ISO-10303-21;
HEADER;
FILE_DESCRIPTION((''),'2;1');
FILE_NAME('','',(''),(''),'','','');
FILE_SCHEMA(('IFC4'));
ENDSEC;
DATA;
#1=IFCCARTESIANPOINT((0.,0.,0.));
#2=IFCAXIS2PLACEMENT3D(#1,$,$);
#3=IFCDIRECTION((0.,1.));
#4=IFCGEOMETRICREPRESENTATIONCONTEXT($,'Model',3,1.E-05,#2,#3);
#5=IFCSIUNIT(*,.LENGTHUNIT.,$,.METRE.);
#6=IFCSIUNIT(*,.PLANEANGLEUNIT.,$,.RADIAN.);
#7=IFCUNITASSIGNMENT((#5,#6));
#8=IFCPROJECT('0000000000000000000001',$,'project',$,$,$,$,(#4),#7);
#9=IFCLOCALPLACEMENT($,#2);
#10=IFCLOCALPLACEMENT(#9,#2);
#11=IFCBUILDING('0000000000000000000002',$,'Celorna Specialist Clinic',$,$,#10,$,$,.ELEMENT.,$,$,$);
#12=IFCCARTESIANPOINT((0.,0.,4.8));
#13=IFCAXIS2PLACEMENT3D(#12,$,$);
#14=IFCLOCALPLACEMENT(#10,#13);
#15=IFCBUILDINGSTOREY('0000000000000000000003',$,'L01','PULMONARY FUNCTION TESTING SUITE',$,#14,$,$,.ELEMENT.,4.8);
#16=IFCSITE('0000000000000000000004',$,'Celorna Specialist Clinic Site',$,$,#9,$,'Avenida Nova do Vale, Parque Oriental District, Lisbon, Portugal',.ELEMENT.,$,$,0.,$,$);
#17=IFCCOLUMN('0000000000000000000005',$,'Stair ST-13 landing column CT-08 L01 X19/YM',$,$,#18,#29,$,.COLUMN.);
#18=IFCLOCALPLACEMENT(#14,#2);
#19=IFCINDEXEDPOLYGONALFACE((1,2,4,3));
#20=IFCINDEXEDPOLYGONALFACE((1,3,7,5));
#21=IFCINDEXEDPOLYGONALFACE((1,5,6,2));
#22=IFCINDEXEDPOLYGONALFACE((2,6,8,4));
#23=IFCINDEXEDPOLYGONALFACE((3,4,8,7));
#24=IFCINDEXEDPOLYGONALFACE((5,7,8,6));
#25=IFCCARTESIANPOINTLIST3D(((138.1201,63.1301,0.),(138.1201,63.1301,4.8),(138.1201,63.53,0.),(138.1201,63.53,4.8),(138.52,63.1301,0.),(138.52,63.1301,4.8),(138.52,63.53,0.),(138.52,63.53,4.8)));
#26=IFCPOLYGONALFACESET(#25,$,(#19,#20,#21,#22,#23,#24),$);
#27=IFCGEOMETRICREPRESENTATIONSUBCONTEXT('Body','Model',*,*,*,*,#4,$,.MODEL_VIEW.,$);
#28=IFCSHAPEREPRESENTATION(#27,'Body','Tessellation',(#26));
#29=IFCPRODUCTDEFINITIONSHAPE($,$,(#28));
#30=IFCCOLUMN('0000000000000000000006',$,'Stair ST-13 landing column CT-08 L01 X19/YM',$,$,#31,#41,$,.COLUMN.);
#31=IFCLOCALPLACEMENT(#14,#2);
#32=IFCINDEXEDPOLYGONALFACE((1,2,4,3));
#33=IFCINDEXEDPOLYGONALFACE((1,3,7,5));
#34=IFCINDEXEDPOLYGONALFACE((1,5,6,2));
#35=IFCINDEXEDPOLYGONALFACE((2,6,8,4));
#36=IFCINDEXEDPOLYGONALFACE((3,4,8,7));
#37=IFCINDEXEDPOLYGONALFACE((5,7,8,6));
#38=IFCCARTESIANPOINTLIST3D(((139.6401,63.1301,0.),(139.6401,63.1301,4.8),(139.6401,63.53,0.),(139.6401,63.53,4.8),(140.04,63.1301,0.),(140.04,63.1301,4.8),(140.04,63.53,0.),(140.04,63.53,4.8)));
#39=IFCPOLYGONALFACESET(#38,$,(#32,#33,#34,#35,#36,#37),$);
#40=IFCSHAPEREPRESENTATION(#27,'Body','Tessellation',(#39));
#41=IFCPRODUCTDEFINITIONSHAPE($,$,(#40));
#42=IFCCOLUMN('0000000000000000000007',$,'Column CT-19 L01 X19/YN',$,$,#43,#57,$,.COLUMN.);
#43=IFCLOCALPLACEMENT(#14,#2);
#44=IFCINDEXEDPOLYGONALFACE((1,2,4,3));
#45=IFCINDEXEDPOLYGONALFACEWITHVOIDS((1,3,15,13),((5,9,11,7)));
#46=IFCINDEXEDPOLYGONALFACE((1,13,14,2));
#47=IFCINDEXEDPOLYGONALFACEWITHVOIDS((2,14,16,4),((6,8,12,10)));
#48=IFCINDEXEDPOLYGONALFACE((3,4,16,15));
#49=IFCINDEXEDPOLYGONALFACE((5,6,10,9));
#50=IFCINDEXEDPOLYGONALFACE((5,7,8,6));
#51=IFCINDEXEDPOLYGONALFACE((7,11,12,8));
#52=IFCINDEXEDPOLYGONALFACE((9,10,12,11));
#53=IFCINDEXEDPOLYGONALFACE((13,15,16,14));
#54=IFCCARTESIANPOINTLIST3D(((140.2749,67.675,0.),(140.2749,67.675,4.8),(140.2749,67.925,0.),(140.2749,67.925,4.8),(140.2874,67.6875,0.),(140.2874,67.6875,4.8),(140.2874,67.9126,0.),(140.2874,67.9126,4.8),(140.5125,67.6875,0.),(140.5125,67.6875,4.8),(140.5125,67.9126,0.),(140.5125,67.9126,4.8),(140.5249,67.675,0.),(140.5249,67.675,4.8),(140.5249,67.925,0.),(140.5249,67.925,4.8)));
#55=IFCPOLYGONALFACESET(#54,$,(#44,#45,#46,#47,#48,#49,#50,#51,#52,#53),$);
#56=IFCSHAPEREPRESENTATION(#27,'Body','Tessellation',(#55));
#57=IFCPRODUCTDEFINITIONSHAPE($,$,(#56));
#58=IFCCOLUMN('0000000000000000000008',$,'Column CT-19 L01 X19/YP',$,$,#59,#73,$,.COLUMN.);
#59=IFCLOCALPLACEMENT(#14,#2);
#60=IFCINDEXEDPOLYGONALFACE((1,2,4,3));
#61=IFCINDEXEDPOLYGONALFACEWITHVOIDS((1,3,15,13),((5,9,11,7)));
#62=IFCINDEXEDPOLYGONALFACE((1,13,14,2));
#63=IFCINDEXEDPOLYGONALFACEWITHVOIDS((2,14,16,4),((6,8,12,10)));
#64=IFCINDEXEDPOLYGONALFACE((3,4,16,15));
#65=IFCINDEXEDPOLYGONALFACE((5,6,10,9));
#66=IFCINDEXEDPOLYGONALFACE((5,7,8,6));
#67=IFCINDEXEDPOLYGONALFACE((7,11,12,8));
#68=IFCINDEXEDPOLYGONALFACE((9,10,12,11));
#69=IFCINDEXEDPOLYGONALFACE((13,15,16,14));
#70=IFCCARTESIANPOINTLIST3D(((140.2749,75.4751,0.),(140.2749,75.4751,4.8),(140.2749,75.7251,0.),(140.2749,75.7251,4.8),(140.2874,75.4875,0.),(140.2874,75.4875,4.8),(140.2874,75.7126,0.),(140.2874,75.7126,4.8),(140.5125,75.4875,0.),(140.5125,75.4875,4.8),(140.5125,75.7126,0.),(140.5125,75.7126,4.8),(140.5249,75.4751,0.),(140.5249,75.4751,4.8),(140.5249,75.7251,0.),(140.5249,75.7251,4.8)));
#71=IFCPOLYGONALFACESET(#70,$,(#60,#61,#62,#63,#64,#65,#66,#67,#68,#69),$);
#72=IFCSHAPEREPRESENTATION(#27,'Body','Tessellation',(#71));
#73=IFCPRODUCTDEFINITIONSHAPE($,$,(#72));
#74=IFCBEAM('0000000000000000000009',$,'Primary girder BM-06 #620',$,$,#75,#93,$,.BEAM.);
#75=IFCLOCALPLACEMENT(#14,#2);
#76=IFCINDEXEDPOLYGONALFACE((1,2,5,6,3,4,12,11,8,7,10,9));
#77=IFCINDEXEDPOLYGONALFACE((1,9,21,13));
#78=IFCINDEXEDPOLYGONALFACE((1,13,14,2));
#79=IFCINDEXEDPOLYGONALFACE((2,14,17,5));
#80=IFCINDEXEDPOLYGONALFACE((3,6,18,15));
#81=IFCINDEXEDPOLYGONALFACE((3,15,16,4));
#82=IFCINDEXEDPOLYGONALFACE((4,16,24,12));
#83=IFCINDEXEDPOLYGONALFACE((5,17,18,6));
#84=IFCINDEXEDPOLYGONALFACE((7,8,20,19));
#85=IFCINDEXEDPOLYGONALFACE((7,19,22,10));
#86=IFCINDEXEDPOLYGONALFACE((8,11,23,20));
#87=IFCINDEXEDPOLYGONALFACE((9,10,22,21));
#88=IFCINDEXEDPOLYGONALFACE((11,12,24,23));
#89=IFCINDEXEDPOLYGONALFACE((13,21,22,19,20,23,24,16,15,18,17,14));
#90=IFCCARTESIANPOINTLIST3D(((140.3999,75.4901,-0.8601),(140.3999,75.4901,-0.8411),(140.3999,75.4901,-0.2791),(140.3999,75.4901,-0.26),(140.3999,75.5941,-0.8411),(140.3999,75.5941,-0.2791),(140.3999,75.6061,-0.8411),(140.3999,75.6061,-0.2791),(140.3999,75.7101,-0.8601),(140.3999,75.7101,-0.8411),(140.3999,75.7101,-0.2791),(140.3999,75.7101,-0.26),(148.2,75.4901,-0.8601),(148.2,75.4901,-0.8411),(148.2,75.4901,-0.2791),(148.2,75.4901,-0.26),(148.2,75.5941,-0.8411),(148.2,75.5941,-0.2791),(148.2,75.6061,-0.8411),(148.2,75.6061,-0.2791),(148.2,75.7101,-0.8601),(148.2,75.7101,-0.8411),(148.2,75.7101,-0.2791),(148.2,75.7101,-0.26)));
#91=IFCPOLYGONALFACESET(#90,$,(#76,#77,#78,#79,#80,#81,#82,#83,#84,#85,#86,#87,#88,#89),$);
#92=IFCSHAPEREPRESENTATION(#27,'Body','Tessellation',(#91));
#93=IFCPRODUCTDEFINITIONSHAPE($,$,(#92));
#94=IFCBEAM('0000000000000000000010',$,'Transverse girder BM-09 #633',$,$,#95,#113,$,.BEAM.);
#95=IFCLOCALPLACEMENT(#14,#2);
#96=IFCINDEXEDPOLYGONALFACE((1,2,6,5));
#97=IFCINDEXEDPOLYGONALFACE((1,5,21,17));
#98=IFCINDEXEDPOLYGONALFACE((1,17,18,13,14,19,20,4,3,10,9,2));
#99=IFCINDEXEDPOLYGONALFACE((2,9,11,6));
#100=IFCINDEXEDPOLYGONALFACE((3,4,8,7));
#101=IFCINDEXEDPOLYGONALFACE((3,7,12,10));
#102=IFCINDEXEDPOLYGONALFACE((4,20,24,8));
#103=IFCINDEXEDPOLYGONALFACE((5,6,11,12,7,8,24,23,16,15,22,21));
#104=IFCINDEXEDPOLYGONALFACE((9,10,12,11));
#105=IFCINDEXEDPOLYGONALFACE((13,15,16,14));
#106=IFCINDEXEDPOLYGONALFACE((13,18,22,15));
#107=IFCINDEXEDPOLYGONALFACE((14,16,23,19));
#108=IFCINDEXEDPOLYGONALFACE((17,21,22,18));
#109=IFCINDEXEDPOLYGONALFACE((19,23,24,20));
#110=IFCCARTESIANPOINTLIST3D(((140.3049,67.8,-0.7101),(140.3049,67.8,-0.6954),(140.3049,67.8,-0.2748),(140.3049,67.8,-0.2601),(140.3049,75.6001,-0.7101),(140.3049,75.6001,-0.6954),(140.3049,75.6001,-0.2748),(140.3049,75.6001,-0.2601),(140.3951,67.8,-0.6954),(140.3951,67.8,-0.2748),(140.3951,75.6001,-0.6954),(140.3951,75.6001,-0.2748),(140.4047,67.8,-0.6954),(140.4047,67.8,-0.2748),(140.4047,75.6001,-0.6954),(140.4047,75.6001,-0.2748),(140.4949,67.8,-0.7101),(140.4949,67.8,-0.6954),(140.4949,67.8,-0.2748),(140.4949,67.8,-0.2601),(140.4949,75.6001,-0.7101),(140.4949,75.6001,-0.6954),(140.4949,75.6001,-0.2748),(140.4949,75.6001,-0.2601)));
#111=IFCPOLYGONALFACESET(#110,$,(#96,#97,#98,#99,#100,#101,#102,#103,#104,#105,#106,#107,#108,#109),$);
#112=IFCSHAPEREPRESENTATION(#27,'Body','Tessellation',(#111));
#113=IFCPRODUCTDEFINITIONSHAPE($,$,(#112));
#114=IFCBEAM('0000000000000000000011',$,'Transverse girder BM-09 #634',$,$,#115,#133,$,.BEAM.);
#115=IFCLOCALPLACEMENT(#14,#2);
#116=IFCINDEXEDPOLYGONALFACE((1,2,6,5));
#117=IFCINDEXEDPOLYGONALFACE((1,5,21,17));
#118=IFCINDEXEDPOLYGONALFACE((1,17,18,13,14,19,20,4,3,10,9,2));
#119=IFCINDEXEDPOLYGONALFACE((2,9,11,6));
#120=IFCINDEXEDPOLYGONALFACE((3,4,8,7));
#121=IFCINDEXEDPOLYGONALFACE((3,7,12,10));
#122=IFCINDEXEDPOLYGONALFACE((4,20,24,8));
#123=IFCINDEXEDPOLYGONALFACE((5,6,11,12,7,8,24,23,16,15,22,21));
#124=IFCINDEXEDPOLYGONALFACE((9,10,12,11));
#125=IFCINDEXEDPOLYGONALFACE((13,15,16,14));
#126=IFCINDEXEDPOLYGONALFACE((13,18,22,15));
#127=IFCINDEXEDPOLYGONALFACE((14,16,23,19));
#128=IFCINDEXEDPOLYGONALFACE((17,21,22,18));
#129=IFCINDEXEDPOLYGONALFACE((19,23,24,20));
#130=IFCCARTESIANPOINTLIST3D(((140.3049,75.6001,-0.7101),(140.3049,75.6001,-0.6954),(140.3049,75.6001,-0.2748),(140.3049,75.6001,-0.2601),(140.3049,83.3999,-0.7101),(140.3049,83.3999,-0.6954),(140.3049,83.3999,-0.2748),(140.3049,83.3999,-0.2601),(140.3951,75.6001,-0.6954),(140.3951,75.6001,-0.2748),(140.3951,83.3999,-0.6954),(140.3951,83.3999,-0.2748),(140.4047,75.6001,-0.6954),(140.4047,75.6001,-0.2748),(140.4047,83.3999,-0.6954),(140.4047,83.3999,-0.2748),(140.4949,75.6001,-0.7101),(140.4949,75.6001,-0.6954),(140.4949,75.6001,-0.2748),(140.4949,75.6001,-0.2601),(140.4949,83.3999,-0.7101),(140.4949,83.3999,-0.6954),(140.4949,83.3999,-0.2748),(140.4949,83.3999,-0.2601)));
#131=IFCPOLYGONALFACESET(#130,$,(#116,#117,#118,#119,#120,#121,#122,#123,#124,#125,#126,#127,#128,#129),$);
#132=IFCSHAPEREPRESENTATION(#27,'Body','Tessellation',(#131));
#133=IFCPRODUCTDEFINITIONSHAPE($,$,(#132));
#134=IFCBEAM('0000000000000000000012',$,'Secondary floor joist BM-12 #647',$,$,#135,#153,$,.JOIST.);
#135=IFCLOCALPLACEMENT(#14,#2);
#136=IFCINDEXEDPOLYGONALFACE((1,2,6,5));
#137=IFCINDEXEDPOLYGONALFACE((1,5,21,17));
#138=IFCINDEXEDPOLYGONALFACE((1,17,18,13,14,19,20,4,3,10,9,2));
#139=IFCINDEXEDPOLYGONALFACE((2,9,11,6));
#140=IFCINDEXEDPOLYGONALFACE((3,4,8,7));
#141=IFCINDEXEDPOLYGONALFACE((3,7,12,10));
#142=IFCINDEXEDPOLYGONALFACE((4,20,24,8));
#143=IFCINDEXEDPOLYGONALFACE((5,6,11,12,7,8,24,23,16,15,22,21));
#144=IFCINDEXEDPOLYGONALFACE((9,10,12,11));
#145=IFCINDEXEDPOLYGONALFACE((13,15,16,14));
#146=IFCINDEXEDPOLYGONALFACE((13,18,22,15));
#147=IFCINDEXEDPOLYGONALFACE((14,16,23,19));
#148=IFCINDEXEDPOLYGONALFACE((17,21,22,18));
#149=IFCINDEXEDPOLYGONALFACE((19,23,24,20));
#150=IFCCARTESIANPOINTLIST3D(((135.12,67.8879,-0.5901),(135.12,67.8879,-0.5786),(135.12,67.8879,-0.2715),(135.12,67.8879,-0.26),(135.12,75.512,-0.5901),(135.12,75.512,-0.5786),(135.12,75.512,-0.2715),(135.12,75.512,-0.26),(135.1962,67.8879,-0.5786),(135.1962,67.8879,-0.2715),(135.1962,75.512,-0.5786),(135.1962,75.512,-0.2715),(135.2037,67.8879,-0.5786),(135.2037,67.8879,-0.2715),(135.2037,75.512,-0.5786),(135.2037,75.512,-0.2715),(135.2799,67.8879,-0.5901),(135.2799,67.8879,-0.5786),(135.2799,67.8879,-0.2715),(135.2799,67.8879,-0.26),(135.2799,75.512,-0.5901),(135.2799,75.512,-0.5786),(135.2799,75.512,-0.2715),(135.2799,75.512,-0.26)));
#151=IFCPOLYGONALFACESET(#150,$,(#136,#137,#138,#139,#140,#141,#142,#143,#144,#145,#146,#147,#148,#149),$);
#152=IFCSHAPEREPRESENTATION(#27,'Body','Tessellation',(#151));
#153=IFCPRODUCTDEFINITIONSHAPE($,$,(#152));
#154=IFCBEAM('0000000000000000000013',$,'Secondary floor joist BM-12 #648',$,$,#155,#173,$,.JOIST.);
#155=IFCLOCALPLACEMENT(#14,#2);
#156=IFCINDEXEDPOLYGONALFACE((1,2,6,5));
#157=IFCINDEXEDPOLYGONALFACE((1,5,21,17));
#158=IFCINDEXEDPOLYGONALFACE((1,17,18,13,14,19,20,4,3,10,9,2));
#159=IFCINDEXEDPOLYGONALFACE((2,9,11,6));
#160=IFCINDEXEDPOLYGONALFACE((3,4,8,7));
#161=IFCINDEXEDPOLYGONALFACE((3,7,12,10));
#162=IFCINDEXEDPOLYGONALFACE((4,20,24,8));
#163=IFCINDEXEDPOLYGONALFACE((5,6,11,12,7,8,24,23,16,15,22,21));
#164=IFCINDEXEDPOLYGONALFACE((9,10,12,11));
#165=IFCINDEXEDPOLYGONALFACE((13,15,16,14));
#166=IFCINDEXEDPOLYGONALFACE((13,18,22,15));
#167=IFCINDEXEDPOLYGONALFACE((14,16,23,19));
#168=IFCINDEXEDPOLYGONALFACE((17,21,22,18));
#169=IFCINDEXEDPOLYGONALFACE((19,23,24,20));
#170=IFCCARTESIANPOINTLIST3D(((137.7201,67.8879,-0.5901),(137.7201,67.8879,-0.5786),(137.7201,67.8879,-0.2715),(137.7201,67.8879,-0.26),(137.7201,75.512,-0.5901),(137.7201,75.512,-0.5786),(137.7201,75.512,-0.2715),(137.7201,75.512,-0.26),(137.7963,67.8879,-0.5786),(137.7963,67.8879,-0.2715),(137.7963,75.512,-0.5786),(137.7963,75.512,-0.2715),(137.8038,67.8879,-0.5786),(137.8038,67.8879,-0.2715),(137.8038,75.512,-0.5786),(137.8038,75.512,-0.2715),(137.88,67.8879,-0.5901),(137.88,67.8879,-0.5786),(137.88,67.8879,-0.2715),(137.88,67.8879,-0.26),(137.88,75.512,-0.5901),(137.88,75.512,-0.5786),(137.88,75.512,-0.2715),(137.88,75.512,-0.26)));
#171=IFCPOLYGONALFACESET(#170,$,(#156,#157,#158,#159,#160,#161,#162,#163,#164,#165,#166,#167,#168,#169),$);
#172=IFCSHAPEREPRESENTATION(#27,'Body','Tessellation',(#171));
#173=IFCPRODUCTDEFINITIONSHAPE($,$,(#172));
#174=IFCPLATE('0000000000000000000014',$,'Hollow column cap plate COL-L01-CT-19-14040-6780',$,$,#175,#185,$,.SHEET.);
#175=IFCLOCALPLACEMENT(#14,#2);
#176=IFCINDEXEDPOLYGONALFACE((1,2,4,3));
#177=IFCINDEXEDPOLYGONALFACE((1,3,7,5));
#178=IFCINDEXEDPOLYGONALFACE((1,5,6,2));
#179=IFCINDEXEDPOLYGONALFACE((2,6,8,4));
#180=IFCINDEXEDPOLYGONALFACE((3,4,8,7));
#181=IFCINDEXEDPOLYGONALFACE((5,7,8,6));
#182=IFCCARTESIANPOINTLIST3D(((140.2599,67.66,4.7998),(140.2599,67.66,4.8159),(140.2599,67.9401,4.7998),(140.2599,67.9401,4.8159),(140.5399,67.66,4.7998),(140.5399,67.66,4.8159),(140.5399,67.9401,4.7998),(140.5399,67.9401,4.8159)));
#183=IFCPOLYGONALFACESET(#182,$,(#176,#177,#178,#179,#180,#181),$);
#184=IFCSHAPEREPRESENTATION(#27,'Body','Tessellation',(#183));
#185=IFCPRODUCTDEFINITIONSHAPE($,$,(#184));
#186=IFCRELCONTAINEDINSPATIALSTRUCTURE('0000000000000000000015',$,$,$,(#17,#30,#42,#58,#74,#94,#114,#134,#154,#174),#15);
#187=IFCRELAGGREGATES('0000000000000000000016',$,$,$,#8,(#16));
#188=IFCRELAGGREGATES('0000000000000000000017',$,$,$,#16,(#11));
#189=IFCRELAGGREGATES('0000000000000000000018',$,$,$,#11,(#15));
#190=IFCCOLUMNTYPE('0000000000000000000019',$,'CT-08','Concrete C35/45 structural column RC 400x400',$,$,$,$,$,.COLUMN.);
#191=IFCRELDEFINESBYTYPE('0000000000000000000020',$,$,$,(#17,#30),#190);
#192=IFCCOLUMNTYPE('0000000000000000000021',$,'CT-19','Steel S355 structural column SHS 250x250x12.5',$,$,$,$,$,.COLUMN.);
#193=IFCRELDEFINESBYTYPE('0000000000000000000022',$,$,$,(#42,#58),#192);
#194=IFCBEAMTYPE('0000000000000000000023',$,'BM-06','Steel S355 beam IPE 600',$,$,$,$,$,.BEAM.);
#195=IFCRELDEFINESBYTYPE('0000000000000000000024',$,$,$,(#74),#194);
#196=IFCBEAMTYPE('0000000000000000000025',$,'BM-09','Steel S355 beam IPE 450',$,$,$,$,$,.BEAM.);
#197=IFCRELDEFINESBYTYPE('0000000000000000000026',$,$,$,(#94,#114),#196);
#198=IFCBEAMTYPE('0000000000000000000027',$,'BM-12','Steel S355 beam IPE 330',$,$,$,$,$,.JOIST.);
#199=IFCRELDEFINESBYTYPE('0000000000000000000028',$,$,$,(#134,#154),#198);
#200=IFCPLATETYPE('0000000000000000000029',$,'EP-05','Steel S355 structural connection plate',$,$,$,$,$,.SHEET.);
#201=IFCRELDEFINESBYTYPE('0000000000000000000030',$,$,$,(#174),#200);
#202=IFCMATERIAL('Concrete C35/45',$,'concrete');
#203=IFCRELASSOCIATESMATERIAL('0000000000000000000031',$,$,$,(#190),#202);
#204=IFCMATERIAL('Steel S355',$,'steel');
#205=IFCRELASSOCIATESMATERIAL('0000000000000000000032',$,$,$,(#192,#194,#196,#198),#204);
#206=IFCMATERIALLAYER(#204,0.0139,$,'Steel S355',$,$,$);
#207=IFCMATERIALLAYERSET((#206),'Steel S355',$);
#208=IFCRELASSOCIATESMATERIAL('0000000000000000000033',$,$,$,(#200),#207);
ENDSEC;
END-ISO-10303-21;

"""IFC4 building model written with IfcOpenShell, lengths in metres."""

from ifc_helpers import new_model, si_unit, direction, frame, origin, origin_2d, place, context, subcontext, project, spatial, rectangle, hollow_rectangle, i_section, extrude, material, layer, layer_set, material_profile, profile_set, type_object, element, save


model = new_model("IFC4")

# Units and contexts
model_context = context("Model", 3, precision=1e-05, world=origin(), true_north=direction((0.0, 1.0)))
body_context = subcontext(model_context, "Body", "Model", "MODEL_VIEW")
ifc_project = project(units=[si_unit("LENGTHUNIT", "METRE"), si_unit("PLANEANGLEUNIT", "RADIAN")], contexts=[model_context])

# Site, building, storey
site_placement = place(None, origin())
site = spatial("IfcSite", under=ifc_project, at=site_placement, Name="Celorna Specialist Clinic Site", LongName="Avenida Nova do Vale, Parque Oriental District, Lisbon, Portugal", CompositionType="ELEMENT", RefElevation=0.0)
building_placement = place(site_placement, origin())
building = spatial("IfcBuilding", under=site, at=building_placement, Name="Celorna Specialist Clinic", CompositionType="ELEMENT")
storey_placement = place(building_placement, frame((0.0, 0.0, 4.8)))
storey = spatial("IfcBuildingStorey", under=building, at=storey_placement, Name="L01", Description="PULMONARY FUNCTION TESTING SUITE", CompositionType="ELEMENT", Elevation=4.8)

# Columns
ifc_material_1 = material(Name="Concrete C35/45", Category="concrete")
ifc_material_profile_1 = material_profile(ifc_material_1, rectangle(XDim=0.3999, YDim=0.3999, at=origin_2d()), Name="RC 400x400")
ifc_profile_set_1 = profile_set([ifc_material_profile_1], Name="Concrete C35/45")
column_type_1 = type_object("IfcColumnType", Name="CT-08", Description="Concrete C35/45 structural column RC 400x400", PredefinedType="COLUMN", material=ifc_profile_set_1)
for number, where, z_axis, x_axis, name in (
    (1, (138.3201, 63.3301, 0.0), (0.0, 0.0, 1.0), (1.0, 0.0, 0.0), "Stair ST-13 landing column CT-08 L01 X19/YM"),
    (2, (139.8401, 63.3301, 0.0), (0.0, 0.0, 1.0), (1.0, 0.0, 0.0), "Stair ST-13 landing column CT-08 L01 X19/YM"),
):
    element("IfcColumn", number, at=place(storey_placement, frame(where, z_axis=z_axis, x_axis=x_axis)), inside=storey, type_object=column_type_1, Name=name, PredefinedType="COLUMN", context=body_context, shape_type="SweptSolid", body=[
        extrude(rectangle(XDim=0.3999, YDim=0.3999, at=origin_2d()), origin(), (0.0, 0.0, 1.0), 4.8),
    ])
ifc_material_2 = material(Name="Steel S355", Category="steel")
ifc_material_profile_2 = material_profile(ifc_material_2, hollow_rectangle(XDim=0.25, YDim=0.25, WallThickness=0.0125, at=origin_2d()), Name="SHS 250x250x12.5")
ifc_profile_set_2 = profile_set([ifc_material_profile_2], Name="Steel S355")
column_type_2 = type_object("IfcColumnType", Name="CT-19", Description="Steel S355 structural column SHS 250x250x12.5", PredefinedType="COLUMN", material=ifc_profile_set_2)
for number, where, z_axis, x_axis, name in (
    (3, (140.3999, 67.8, 0.0), (0.0, 0.0, 1.0), (1.0, 0.0, 0.0), "Column CT-19 L01 X19/YN"),
    (4, (140.3999, 75.6001, 0.0), (0.0, 0.0, 1.0), (1.0, 0.0, 0.0), "Column CT-19 L01 X19/YP"),
):
    element("IfcColumn", number, at=place(storey_placement, frame(where, z_axis=z_axis, x_axis=x_axis)), inside=storey, type_object=column_type_2, Name=name, PredefinedType="COLUMN", context=body_context, shape_type="SweptSolid", body=[
        extrude(hollow_rectangle(XDim=0.25, YDim=0.25, WallThickness=0.0125, at=origin_2d()), origin(), (0.0, 0.0, 1.0), 4.8),
    ])

# Beams
ifc_material_profile_3 = material_profile(ifc_material_2, i_section(OverallWidth=0.22, OverallDepth=0.6001, WebThickness=0.012, FlangeThickness=0.019, at=origin_2d()), Name="IPE 600")
ifc_profile_set_3 = profile_set([ifc_material_profile_3], Name="Steel S355")
beam_type_1 = type_object("IfcBeamType", Name="BM-06", Description="Steel S355 beam IPE 600", PredefinedType="BEAM", material=ifc_profile_set_3)
beam_1_placement = place(storey_placement, frame((140.3999, 75.6001, -0.5601), z_axis=(1.0, 0.0, 0.0), x_axis=(0.0, 1.0, 0.0)))
element("IfcBeam", 5, at=beam_1_placement, inside=storey, type_object=beam_type_1, Name="Primary girder BM-06 #620", PredefinedType="BEAM", context=body_context, shape_type="SweptSolid", body=[
    extrude(i_section(OverallWidth=0.22, OverallDepth=0.6001, WebThickness=0.012, FlangeThickness=0.019, at=origin_2d()), origin(), (0.0, 0.0, 1.0), 7.8),
])
ifc_material_profile_4 = material_profile(ifc_material_2, i_section(OverallWidth=0.1899, OverallDepth=0.45, WebThickness=0.0095, FlangeThickness=0.0146, at=origin_2d()), Name="IPE 450")
ifc_profile_set_4 = profile_set([ifc_material_profile_4], Name="Steel S355")
beam_type_2 = type_object("IfcBeamType", Name="BM-09", Description="Steel S355 beam IPE 450", PredefinedType="BEAM", material=ifc_profile_set_4)
beam_2_placement = place(storey_placement, frame((140.3999, 67.8, -0.4851), z_axis=(0.0, 1.0, 0.0), x_axis=(-1.0, 0.0, 0.0)))
element("IfcBeam", 6, at=beam_2_placement, inside=storey, type_object=beam_type_2, Name="Transverse girder BM-09 #633", PredefinedType="BEAM", context=body_context, shape_type="SweptSolid", body=[
    extrude(i_section(OverallWidth=0.1899, OverallDepth=0.45, WebThickness=0.0095, FlangeThickness=0.0146, at=origin_2d()), origin(), (0.0, 0.0, 1.0), 7.8),
])
beam_3_placement = place(storey_placement, frame((140.3999, 75.6001, -0.4851), z_axis=(0.0, 1.0, 0.0), x_axis=(-1.0, 0.0, 0.0)))
element("IfcBeam", 7, at=beam_3_placement, inside=storey, type_object=beam_type_2, Name="Transverse girder BM-09 #634", PredefinedType="BEAM", context=body_context, shape_type="SweptSolid", body=[
    extrude(i_section(OverallWidth=0.1899, OverallDepth=0.45, WebThickness=0.0095, FlangeThickness=0.0146, at=origin_2d()), origin(), (0.0, 0.0, 1.0), 7.7998),
])
ifc_material_profile_5 = material_profile(ifc_material_2, i_section(OverallWidth=0.1599, OverallDepth=0.3301, WebThickness=0.0076, FlangeThickness=0.0115, at=origin_2d()), Name="IPE 330")
ifc_profile_set_5 = profile_set([ifc_material_profile_5], Name="Steel S355")
beam_type_3 = type_object("IfcBeamType", Name="BM-12", Description="Steel S355 beam IPE 330", PredefinedType="JOIST", material=ifc_profile_set_5)
for number, where, z_axis, x_axis, name in (
    (8, (135.2, 67.8879, -0.425), (0.0, 1.0, 0.0), (-1.0, 0.0, 0.0), "Secondary floor joist BM-12 #647"),
    (9, (137.8, 67.8879, -0.425), (0.0, 1.0, 0.0), (-1.0, 0.0, 0.0), "Secondary floor joist BM-12 #648"),
):
    element("IfcBeam", number, at=place(storey_placement, frame(where, z_axis=z_axis, x_axis=x_axis)), inside=storey, type_object=beam_type_3, Name=name, PredefinedType="JOIST", context=body_context, shape_type="SweptSolid", body=[
        extrude(i_section(OverallWidth=0.1599, OverallDepth=0.3301, WebThickness=0.0076, FlangeThickness=0.0115, at=origin_2d()), origin(), (0.0, 0.0, 1.0), 7.624),
    ])

# Plate
ifc_layer_1 = layer(ifc_material_2, 0.0139, Name="Steel S355")
ifc_layer_set_1 = layer_set([ifc_layer_1], Name="Steel S355")
plate_type = type_object("IfcPlateType", Name="EP-05", Description="Steel S355 structural connection plate", PredefinedType="SHEET", material=ifc_layer_set_1)
for number, where, z_axis, x_axis, name in (
    (10, (140.3999, 67.8, 4.7998), (0.0, 0.0, 1.0), (1.0, 0.0, 0.0), "Hollow column cap plate COL-L01-CT-19-14040-6780"),
):
    element("IfcPlate", number, at=place(storey_placement, frame(where, z_axis=z_axis, x_axis=x_axis)), inside=storey, type_object=plate_type, Name=name, PredefinedType="SHEET", context=body_context, shape_type="SweptSolid", body=[
        extrude(rectangle(XDim=0.28, YDim=0.28, at=origin_2d()), origin(), (0.0, 0.0, 1.0), 0.0161),
    ])

save(model, "model.ifc")
